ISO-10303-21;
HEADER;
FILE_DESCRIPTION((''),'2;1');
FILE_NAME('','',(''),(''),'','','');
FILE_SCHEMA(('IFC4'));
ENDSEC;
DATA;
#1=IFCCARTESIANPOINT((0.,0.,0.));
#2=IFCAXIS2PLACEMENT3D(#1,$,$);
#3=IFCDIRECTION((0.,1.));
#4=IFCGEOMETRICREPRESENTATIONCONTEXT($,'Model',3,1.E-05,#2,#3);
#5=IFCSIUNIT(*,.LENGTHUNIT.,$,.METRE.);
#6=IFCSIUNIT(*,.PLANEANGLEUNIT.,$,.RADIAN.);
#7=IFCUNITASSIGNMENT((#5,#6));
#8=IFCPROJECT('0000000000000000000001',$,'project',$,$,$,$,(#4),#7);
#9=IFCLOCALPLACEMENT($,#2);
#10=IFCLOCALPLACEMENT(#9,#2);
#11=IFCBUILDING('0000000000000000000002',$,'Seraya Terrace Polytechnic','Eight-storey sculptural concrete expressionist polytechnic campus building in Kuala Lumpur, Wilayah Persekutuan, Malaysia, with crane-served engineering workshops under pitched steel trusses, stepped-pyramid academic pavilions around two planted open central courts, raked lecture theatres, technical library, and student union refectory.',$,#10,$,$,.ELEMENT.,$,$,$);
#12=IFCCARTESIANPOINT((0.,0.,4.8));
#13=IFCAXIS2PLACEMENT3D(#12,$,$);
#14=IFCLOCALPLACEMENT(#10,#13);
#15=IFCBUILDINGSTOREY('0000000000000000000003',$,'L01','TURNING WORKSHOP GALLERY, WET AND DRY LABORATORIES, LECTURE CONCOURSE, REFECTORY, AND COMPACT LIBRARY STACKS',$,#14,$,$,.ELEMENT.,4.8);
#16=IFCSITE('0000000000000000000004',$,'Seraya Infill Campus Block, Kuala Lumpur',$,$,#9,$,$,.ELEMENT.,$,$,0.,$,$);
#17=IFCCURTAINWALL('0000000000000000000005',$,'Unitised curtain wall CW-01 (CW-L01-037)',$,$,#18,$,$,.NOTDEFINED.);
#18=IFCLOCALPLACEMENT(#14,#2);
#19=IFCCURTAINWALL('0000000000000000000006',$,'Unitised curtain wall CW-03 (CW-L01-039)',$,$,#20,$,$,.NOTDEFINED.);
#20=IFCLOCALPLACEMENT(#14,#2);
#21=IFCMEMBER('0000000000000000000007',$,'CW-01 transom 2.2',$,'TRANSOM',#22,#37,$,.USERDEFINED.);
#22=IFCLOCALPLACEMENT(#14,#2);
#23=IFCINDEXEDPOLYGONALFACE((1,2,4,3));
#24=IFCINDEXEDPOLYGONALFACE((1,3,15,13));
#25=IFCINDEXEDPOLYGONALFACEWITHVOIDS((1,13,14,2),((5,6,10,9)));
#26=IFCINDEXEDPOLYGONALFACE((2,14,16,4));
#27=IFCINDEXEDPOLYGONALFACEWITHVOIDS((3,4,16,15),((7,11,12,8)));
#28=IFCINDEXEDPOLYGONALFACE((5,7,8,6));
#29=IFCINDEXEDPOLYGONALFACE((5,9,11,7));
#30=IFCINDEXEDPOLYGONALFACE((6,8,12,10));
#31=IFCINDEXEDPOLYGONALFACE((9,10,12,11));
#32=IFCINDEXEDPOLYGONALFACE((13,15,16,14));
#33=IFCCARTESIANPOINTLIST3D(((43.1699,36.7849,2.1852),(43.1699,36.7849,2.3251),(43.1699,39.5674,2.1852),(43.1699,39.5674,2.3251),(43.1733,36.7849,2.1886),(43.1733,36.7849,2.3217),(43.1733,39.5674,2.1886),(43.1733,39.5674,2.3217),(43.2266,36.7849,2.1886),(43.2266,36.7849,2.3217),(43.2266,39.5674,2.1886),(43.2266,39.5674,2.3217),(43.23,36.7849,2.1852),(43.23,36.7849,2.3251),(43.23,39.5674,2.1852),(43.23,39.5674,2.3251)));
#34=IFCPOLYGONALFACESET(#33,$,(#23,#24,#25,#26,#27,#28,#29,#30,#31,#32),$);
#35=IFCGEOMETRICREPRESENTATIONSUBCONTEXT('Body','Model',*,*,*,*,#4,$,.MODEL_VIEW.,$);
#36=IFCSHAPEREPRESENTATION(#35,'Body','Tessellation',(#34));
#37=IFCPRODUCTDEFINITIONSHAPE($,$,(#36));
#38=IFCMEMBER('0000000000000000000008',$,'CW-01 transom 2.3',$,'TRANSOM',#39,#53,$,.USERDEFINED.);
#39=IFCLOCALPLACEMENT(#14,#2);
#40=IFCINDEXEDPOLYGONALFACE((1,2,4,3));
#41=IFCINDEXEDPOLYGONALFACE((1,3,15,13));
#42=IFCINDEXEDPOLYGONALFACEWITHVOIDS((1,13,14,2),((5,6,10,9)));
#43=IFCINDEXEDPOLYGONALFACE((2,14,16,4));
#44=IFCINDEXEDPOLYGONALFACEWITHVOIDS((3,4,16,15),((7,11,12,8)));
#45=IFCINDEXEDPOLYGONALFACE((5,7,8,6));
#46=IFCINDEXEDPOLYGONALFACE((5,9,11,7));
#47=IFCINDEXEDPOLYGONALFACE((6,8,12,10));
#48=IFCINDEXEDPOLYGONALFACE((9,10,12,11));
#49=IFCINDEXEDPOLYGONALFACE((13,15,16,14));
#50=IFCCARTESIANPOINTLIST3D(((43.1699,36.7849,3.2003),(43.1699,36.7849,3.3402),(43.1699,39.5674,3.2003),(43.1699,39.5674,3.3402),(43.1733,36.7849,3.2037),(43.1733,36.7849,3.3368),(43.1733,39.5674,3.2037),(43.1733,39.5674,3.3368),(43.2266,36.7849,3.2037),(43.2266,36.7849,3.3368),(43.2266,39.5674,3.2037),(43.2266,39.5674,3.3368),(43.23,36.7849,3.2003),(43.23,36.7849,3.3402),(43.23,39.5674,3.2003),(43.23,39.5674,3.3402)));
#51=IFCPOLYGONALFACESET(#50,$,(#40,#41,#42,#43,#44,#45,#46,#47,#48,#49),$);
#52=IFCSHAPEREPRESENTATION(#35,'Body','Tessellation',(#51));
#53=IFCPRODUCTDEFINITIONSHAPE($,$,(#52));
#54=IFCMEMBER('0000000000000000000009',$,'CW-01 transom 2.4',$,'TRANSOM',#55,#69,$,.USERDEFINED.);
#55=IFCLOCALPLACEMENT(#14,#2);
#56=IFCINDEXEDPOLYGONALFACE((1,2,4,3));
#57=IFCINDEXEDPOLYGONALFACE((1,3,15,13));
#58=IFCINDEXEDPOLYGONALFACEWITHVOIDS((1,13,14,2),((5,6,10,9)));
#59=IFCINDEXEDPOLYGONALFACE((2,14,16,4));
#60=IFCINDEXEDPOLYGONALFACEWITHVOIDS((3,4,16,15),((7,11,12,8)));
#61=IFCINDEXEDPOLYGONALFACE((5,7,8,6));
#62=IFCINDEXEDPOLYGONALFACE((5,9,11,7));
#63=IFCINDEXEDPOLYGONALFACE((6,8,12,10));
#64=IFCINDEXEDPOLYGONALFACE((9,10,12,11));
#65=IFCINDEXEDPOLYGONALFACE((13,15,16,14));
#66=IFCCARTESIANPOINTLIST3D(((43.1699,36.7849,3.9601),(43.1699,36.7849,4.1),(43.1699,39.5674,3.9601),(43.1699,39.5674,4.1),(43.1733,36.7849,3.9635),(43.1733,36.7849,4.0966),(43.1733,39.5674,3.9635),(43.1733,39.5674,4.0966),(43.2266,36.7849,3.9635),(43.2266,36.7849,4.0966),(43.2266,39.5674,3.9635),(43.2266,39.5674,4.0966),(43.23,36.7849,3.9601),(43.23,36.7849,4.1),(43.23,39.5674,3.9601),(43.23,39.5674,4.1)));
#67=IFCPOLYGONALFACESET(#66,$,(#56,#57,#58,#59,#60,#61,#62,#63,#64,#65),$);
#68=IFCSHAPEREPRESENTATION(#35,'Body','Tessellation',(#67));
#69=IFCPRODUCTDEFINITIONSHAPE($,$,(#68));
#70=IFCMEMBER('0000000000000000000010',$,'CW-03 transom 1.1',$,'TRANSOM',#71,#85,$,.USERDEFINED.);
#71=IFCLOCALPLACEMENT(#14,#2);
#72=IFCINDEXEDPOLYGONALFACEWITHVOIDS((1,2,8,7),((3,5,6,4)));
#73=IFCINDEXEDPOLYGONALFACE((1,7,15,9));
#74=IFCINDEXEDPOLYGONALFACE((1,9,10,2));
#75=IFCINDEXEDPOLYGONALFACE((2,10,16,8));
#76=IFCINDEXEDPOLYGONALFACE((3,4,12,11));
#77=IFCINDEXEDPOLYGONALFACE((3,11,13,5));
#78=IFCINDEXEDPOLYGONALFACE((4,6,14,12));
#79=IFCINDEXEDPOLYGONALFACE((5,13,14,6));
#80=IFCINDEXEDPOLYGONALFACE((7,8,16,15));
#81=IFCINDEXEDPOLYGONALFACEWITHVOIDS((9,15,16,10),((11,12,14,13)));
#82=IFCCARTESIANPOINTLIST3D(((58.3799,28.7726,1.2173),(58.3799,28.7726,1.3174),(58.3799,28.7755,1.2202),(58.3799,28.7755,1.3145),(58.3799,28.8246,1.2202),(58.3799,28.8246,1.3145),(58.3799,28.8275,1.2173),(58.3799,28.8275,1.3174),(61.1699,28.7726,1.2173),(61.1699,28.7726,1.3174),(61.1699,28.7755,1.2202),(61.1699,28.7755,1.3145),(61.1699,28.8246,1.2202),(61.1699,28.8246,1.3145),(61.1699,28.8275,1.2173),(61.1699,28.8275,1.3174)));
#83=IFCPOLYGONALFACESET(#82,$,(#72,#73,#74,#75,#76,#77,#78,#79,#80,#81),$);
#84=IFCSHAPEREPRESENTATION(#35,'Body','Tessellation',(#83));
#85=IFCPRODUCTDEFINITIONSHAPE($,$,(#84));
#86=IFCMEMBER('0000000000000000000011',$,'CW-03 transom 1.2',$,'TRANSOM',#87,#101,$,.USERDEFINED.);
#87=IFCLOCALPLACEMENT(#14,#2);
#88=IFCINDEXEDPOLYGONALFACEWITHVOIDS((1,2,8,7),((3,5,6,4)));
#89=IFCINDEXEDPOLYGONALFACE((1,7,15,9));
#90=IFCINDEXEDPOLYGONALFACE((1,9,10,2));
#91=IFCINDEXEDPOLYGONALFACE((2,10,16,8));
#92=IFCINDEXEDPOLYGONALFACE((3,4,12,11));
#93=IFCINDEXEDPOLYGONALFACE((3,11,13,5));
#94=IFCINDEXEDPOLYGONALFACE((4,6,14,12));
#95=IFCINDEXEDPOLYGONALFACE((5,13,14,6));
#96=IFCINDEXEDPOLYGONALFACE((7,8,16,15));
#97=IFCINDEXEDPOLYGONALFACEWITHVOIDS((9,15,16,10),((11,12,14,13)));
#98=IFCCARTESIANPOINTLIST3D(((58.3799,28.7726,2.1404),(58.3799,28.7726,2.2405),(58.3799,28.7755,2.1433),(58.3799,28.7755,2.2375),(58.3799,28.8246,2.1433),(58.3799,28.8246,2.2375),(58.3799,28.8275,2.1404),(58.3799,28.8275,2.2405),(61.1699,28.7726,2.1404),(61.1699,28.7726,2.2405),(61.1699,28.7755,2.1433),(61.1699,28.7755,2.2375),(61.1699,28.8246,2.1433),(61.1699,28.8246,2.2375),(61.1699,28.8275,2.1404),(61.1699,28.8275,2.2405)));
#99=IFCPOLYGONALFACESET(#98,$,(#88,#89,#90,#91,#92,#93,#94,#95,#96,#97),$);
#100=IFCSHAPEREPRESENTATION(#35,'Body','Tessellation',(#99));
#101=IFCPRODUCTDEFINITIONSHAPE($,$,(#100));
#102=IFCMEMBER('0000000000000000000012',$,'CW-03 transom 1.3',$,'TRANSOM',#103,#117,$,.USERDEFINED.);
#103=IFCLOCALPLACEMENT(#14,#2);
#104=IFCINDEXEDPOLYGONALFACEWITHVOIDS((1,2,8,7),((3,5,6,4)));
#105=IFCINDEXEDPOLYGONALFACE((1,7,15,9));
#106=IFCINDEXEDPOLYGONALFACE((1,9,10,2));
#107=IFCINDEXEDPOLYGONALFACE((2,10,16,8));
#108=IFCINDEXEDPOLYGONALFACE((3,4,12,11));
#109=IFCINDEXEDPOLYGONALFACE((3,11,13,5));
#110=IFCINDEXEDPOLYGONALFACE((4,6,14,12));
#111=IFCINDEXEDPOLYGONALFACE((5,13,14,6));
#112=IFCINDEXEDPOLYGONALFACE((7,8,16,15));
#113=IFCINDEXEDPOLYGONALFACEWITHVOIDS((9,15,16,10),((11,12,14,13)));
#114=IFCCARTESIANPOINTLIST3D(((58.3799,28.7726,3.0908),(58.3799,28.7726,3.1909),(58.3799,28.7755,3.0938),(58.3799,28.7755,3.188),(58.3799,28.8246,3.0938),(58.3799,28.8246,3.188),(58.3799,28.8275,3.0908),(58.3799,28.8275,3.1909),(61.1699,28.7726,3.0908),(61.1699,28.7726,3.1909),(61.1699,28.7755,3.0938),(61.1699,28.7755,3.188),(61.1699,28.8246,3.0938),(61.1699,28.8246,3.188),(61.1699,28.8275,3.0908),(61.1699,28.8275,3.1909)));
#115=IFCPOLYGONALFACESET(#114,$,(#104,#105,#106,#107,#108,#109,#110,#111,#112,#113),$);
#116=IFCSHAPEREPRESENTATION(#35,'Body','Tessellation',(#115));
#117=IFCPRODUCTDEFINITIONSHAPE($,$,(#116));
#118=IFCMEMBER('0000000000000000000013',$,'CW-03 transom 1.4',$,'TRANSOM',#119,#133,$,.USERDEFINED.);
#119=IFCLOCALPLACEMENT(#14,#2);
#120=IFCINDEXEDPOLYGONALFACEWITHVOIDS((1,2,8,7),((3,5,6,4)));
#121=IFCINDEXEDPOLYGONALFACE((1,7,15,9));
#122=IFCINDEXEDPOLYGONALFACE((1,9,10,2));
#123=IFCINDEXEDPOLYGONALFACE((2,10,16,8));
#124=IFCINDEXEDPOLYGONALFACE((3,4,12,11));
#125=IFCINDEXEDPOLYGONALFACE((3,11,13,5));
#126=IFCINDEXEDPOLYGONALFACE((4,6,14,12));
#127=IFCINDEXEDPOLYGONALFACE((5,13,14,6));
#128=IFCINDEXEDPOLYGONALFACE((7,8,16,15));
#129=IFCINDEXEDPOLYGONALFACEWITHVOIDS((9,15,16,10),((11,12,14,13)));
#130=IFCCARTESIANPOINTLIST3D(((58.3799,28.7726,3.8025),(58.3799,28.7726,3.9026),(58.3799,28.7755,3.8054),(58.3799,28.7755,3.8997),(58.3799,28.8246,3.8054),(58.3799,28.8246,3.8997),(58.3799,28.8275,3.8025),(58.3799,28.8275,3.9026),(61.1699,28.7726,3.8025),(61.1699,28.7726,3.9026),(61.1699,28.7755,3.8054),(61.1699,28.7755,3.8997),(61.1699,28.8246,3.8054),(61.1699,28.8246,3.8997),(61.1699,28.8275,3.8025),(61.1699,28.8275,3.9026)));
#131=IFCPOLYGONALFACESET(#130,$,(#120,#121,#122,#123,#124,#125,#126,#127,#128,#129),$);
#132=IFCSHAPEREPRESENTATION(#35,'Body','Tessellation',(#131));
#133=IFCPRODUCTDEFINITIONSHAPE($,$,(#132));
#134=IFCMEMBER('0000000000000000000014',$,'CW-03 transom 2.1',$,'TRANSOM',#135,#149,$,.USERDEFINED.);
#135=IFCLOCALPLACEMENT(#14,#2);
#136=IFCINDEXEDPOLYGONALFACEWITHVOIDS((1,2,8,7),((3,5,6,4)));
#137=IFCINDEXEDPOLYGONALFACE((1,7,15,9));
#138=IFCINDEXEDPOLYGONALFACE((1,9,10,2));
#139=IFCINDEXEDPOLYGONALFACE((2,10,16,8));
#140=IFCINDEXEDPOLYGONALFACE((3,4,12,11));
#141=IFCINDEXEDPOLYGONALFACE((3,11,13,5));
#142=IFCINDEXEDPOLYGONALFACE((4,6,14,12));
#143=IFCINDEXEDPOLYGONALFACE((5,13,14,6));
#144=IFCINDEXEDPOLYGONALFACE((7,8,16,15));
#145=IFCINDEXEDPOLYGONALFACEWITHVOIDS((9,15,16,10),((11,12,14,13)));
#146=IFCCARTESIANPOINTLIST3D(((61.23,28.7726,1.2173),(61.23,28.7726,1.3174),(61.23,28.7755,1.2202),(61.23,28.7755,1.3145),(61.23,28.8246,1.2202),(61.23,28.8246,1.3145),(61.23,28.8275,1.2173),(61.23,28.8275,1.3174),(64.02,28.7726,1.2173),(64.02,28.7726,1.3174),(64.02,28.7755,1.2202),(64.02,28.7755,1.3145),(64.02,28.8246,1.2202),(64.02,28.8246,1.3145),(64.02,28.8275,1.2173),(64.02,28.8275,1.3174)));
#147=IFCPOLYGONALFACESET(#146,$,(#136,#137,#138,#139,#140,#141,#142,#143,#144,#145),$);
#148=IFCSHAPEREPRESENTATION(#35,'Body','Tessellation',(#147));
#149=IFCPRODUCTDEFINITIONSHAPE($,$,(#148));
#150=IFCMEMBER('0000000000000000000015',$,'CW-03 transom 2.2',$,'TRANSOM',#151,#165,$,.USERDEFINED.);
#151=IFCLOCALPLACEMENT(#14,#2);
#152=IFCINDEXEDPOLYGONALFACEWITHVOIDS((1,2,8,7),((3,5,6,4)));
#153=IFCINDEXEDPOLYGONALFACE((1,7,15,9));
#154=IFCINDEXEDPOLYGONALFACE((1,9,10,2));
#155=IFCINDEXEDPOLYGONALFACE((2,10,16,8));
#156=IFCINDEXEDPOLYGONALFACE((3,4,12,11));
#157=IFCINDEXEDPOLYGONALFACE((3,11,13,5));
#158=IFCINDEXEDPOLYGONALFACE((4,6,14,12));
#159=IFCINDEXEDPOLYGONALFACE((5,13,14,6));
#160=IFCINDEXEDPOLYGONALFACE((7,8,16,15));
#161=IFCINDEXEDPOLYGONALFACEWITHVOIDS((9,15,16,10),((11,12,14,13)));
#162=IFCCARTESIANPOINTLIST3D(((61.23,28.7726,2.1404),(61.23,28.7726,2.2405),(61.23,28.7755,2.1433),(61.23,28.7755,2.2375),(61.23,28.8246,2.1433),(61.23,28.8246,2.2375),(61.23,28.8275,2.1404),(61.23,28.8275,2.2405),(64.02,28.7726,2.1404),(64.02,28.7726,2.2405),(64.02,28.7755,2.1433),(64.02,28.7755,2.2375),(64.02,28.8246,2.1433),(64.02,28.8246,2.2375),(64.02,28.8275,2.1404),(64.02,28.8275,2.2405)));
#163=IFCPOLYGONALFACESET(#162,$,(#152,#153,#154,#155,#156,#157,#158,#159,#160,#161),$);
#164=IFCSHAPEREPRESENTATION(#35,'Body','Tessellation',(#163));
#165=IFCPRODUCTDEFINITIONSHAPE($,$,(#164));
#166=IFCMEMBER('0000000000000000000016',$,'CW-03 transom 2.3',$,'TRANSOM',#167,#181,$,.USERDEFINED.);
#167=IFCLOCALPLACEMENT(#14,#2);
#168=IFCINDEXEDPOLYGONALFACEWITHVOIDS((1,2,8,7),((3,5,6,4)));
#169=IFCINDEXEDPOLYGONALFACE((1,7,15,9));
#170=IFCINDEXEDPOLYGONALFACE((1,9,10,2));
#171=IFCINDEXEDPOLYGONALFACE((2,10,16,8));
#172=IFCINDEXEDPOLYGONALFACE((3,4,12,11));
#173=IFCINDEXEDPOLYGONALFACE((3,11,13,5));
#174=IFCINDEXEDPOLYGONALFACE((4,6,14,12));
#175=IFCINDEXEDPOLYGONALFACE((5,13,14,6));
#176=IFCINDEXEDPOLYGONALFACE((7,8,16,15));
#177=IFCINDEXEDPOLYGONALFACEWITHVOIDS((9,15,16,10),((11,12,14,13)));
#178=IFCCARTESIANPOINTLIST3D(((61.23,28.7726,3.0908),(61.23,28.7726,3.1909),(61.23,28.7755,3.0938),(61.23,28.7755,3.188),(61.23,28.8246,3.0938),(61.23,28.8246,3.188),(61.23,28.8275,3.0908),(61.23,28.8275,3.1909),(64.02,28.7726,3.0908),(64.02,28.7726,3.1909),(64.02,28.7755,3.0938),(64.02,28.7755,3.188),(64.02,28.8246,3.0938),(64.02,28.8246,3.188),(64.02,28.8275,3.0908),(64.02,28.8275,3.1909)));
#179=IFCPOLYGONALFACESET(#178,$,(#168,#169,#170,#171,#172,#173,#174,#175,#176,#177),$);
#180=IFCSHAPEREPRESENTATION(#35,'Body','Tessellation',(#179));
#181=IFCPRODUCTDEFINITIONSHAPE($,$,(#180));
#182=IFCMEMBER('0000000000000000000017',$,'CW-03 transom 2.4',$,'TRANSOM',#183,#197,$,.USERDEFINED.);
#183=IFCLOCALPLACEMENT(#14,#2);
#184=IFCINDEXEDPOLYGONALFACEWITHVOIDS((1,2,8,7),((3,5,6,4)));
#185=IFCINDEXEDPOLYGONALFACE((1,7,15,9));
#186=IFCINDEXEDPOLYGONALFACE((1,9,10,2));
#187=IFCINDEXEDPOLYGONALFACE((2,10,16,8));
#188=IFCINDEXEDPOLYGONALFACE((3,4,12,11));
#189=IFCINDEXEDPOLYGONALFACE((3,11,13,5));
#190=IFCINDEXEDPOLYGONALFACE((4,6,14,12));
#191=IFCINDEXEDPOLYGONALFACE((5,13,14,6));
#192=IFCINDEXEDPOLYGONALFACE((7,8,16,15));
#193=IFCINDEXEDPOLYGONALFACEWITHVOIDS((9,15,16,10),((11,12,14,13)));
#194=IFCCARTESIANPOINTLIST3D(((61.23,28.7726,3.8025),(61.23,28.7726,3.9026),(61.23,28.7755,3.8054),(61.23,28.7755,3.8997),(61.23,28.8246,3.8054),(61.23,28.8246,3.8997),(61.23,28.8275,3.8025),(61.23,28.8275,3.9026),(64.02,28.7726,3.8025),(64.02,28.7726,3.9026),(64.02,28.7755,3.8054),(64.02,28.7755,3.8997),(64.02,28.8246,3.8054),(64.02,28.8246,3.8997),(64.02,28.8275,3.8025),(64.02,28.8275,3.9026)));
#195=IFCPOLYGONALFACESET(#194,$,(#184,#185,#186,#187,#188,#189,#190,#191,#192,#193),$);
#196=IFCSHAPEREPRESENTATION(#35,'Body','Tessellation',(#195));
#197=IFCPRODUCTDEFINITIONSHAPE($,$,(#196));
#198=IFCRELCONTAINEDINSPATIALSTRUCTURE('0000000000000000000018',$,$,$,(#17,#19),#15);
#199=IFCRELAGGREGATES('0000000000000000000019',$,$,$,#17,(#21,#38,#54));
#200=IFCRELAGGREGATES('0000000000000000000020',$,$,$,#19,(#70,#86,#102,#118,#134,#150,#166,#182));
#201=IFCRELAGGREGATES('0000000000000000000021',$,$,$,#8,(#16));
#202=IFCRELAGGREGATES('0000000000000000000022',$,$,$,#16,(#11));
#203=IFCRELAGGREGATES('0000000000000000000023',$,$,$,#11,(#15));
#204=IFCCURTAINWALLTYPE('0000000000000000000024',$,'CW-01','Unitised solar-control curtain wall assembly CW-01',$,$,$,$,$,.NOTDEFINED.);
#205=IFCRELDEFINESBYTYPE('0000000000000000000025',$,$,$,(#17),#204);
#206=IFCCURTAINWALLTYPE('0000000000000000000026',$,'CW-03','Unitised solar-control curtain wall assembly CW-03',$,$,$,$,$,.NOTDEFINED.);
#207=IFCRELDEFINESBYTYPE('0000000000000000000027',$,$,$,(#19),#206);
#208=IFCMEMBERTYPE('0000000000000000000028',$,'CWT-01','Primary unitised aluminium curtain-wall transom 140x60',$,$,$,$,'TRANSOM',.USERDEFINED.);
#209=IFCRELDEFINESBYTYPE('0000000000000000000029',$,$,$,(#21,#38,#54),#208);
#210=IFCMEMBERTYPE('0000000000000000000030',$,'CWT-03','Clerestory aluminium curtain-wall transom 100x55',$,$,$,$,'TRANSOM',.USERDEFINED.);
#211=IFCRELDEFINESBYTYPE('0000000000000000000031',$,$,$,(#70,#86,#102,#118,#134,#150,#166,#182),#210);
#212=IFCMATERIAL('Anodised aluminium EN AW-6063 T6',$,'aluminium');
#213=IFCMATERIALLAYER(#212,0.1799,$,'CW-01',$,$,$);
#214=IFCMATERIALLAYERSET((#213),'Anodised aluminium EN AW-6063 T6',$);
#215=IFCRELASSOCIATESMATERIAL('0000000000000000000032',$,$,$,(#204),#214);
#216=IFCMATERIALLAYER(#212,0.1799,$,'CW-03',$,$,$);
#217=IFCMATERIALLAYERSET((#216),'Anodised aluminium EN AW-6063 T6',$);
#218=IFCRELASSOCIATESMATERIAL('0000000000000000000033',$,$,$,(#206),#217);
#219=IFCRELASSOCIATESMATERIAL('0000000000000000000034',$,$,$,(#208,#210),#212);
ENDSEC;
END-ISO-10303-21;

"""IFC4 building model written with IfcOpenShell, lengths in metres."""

from ifc_helpers import new_model, si_unit, direction, frame, origin, origin_2d, place, context, subcontext, project, spatial, hollow_rectangle, extrude, material, layer, layer_set, material_profile, profile_set, type_object, element, aggregate, save


model = new_model("IFC4")

# Units and contexts
model_context = context("Model", 3, precision=1e-05, world=origin(), true_north=direction((0.0, 1.0)))
body_context = subcontext(model_context, "Body", "Model", "MODEL_VIEW")
ifc_project = project(units=[si_unit("LENGTHUNIT", "METRE"), si_unit("PLANEANGLEUNIT", "RADIAN")], contexts=[model_context])

# Site, building, storey
site_placement = place(None, origin())
site = spatial("IfcSite", under=ifc_project, at=site_placement, Name="Seraya Infill Campus Block, Kuala Lumpur", CompositionType="ELEMENT", RefElevation=0.0)
building_placement = place(site_placement, origin())
building = spatial("IfcBuilding", under=site, at=building_placement, Name="Seraya Terrace Polytechnic", Description="Eight-storey sculptural concrete expressionist polytechnic campus building in Kuala Lumpur, Wilayah Persekutuan, Malaysia, with crane-served engineering workshops under pitched steel trusses, stepped-pyramid academic pavilions around two planted open central courts, raked lecture theatres, technical library, and student union refectory.", CompositionType="ELEMENT")
storey_placement = place(building_placement, frame((0.0, 0.0, 4.8)))
storey = spatial("IfcBuildingStorey", under=building, at=storey_placement, Name="L01", Description="TURNING WORKSHOP GALLERY, WET AND DRY LABORATORIES, LECTURE CONCOURSE, REFECTORY, AND COMPACT LIBRARY STACKS", CompositionType="ELEMENT", Elevation=4.8)

# Curtain walls
ifc_material_1 = material(Name="Anodised aluminium EN AW-6063 T6", Category="aluminium")
ifc_layer_1 = layer(ifc_material_1, 0.1799, Name="CW-01")
ifc_layer_set_1 = layer_set([ifc_layer_1], Name="Anodised aluminium EN AW-6063 T6")
curtain_wall_type_1 = type_object("IfcCurtainWallType", Name="CW-01", Description="Unitised solar-control curtain wall assembly CW-01", PredefinedType="NOTDEFINED", material=ifc_layer_set_1)
curtain_wall_1_placement = place(storey_placement, origin())
curtain_wall_1 = element("IfcCurtainWall", 1, at=curtain_wall_1_placement, inside=storey, type_object=curtain_wall_type_1, Name="Unitised curtain wall CW-01 (CW-L01-037)", PredefinedType="NOTDEFINED")
ifc_layer_2 = layer(ifc_material_1, 0.1799, Name="CW-03")
ifc_layer_set_2 = layer_set([ifc_layer_2], Name="Anodised aluminium EN AW-6063 T6")
curtain_wall_type_2 = type_object("IfcCurtainWallType", Name="CW-03", Description="Unitised solar-control curtain wall assembly CW-03", PredefinedType="NOTDEFINED", material=ifc_layer_set_2)
curtain_wall_2_placement = place(storey_placement, origin())
curtain_wall_2 = element("IfcCurtainWall", 2, at=curtain_wall_2_placement, inside=storey, type_object=curtain_wall_type_2, Name="Unitised curtain wall CW-03 (CW-L01-039)", PredefinedType="NOTDEFINED")

# Members
ifc_material_profile_1 = material_profile(ifc_material_1, hollow_rectangle(XDim=0.0601, YDim=0.1399, WallThickness=0.0034, at=origin_2d()), Name="RHS 140x60x3.5")
ifc_profile_set_1 = profile_set([ifc_material_profile_1], Name="Anodised aluminium EN AW-6063 T6")
member_type_1 = type_object("IfcMemberType", Name="CWT-01", Description="Primary unitised aluminium curtain-wall transom 140x60", ElementType="TRANSOM", PredefinedType="USERDEFINED", material=ifc_profile_set_1)
member_1_placement = place(storey_placement, frame((43.2, 39.5674, 2.2551), z_axis=(0.0, -1.0, 0.0), x_axis=(1.0, 0.0, 0.0)))
member_1 = element("IfcMember", 3, at=member_1_placement, type_object=member_type_1, Name="CW-01 transom 2.2", ObjectType="TRANSOM", PredefinedType="USERDEFINED", context=body_context, shape_type="SweptSolid", body=[
    extrude(hollow_rectangle(XDim=0.0601, YDim=0.1399, WallThickness=0.0034, at=origin_2d()), origin(), (0.0, 0.0, 1.0), 2.7825),
])
member_2_placement = place(storey_placement, frame((43.2, 39.5674, 3.2703), z_axis=(0.0, -1.0, 0.0), x_axis=(1.0, 0.0, 0.0)))
member_2 = element("IfcMember", 4, at=member_2_placement, type_object=member_type_1, Name="CW-01 transom 2.3", ObjectType="TRANSOM", PredefinedType="USERDEFINED", context=body_context, shape_type="SweptSolid", body=[
    extrude(hollow_rectangle(XDim=0.0601, YDim=0.1399, WallThickness=0.0034, at=origin_2d()), origin(), (0.0, 0.0, 1.0), 2.7825),
])
member_3_placement = place(storey_placement, frame((43.2, 39.5674, 4.03), z_axis=(0.0, -1.0, 0.0), x_axis=(1.0, 0.0, 0.0)))
member_3 = element("IfcMember", 5, at=member_3_placement, type_object=member_type_1, Name="CW-01 transom 2.4", ObjectType="TRANSOM", PredefinedType="USERDEFINED", context=body_context, shape_type="SweptSolid", body=[
    extrude(hollow_rectangle(XDim=0.0601, YDim=0.1399, WallThickness=0.0034, at=origin_2d()), origin(), (0.0, 0.0, 1.0), 2.7825),
])
ifc_material_profile_2 = material_profile(ifc_material_1, hollow_rectangle(XDim=0.0549, YDim=0.1001, WallThickness=0.0029, at=origin_2d()), Name="RHS 100x55x3.0")
ifc_profile_set_2 = profile_set([ifc_material_profile_2], Name="Anodised aluminium EN AW-6063 T6")
member_type_2 = type_object("IfcMemberType", Name="CWT-03", Description="Clerestory aluminium curtain-wall transom 100x55", ElementType="TRANSOM", PredefinedType="USERDEFINED", material=ifc_profile_set_2)
member_4_placement = place(storey_placement, frame((58.3799, 28.8, 1.2673), z_axis=(1.0, 0.0, 0.0), x_axis=(0.0, 1.0, 0.0)))
member_4 = element("IfcMember", 6, at=member_4_placement, type_object=member_type_2, Name="CW-03 transom 1.1", ObjectType="TRANSOM", PredefinedType="USERDEFINED", context=body_context, shape_type="SweptSolid", body=[
    extrude(hollow_rectangle(XDim=0.0549, YDim=0.1001, WallThickness=0.0029, at=origin_2d()), origin(), (0.0, 0.0, 1.0), 2.79),
])
member_5_placement = place(storey_placement, frame((58.3799, 28.8, 2.1904), z_axis=(1.0, 0.0, 0.0), x_axis=(0.0, 1.0, 0.0)))
member_5 = element("IfcMember", 7, at=member_5_placement, type_object=member_type_2, Name="CW-03 transom 1.2", ObjectType="TRANSOM", PredefinedType="USERDEFINED", context=body_context, shape_type="SweptSolid", body=[
    extrude(hollow_rectangle(XDim=0.0549, YDim=0.1001, WallThickness=0.0029, at=origin_2d()), origin(), (0.0, 0.0, 1.0), 2.79),
])
member_6_placement = place(storey_placement, frame((58.3799, 28.8, 3.1409), z_axis=(1.0, 0.0, 0.0), x_axis=(0.0, 1.0, 0.0)))
member_6 = element("IfcMember", 8, at=member_6_placement, type_object=member_type_2, Name="CW-03 transom 1.3", ObjectType="TRANSOM", PredefinedType="USERDEFINED", context=body_context, shape_type="SweptSolid", body=[
    extrude(hollow_rectangle(XDim=0.0549, YDim=0.1001, WallThickness=0.0029, at=origin_2d()), origin(), (0.0, 0.0, 1.0), 2.79),
])
member_7_placement = place(storey_placement, frame((58.3799, 28.8, 3.8525), z_axis=(1.0, 0.0, 0.0), x_axis=(0.0, 1.0, 0.0)))
member_7 = element("IfcMember", 9, at=member_7_placement, type_object=member_type_2, Name="CW-03 transom 1.4", ObjectType="TRANSOM", PredefinedType="USERDEFINED", context=body_context, shape_type="SweptSolid", body=[
    extrude(hollow_rectangle(XDim=0.0549, YDim=0.1001, WallThickness=0.0029, at=origin_2d()), origin(), (0.0, 0.0, 1.0), 2.79),
])
member_8_placement = place(storey_placement, frame((61.23, 28.8, 1.2673), z_axis=(1.0, 0.0, 0.0), x_axis=(0.0, 1.0, 0.0)))
member_8 = element("IfcMember", 10, at=member_8_placement, type_object=member_type_2, Name="CW-03 transom 2.1", ObjectType="TRANSOM", PredefinedType="USERDEFINED", context=body_context, shape_type="SweptSolid", body=[
    extrude(hollow_rectangle(XDim=0.0549, YDim=0.1001, WallThickness=0.0029, at=origin_2d()), origin(), (0.0, 0.0, 1.0), 2.79),
])
member_9_placement = place(storey_placement, frame((61.23, 28.8, 2.1904), z_axis=(1.0, 0.0, 0.0), x_axis=(0.0, 1.0, 0.0)))
member_9 = element("IfcMember", 11, at=member_9_placement, type_object=member_type_2, Name="CW-03 transom 2.2", ObjectType="TRANSOM", PredefinedType="USERDEFINED", context=body_context, shape_type="SweptSolid", body=[
    extrude(hollow_rectangle(XDim=0.0549, YDim=0.1001, WallThickness=0.0029, at=origin_2d()), origin(), (0.0, 0.0, 1.0), 2.79),
])
member_10_placement = place(storey_placement, frame((61.23, 28.8, 3.1409), z_axis=(1.0, 0.0, 0.0), x_axis=(0.0, 1.0, 0.0)))
member_10 = element("IfcMember", 12, at=member_10_placement, type_object=member_type_2, Name="CW-03 transom 2.3", ObjectType="TRANSOM", PredefinedType="USERDEFINED", context=body_context, shape_type="SweptSolid", body=[
    extrude(hollow_rectangle(XDim=0.0549, YDim=0.1001, WallThickness=0.0029, at=origin_2d()), origin(), (0.0, 0.0, 1.0), 2.79),
])
member_11_placement = place(storey_placement, frame((61.23, 28.8, 3.8525), z_axis=(1.0, 0.0, 0.0), x_axis=(0.0, 1.0, 0.0)))
member_11 = element("IfcMember", 13, at=member_11_placement, type_object=member_type_2, Name="CW-03 transom 2.4", ObjectType="TRANSOM", PredefinedType="USERDEFINED", context=body_context, shape_type="SweptSolid", body=[
    extrude(hollow_rectangle(XDim=0.0549, YDim=0.1001, WallThickness=0.0029, at=origin_2d()), origin(), (0.0, 0.0, 1.0), 2.79),
])

aggregate(curtain_wall_1, [member_1, member_2, member_3])
aggregate(curtain_wall_2, [member_4, member_5, member_6, member_7, member_8, member_9, member_10, member_11])

save(model, "model.ifc")
